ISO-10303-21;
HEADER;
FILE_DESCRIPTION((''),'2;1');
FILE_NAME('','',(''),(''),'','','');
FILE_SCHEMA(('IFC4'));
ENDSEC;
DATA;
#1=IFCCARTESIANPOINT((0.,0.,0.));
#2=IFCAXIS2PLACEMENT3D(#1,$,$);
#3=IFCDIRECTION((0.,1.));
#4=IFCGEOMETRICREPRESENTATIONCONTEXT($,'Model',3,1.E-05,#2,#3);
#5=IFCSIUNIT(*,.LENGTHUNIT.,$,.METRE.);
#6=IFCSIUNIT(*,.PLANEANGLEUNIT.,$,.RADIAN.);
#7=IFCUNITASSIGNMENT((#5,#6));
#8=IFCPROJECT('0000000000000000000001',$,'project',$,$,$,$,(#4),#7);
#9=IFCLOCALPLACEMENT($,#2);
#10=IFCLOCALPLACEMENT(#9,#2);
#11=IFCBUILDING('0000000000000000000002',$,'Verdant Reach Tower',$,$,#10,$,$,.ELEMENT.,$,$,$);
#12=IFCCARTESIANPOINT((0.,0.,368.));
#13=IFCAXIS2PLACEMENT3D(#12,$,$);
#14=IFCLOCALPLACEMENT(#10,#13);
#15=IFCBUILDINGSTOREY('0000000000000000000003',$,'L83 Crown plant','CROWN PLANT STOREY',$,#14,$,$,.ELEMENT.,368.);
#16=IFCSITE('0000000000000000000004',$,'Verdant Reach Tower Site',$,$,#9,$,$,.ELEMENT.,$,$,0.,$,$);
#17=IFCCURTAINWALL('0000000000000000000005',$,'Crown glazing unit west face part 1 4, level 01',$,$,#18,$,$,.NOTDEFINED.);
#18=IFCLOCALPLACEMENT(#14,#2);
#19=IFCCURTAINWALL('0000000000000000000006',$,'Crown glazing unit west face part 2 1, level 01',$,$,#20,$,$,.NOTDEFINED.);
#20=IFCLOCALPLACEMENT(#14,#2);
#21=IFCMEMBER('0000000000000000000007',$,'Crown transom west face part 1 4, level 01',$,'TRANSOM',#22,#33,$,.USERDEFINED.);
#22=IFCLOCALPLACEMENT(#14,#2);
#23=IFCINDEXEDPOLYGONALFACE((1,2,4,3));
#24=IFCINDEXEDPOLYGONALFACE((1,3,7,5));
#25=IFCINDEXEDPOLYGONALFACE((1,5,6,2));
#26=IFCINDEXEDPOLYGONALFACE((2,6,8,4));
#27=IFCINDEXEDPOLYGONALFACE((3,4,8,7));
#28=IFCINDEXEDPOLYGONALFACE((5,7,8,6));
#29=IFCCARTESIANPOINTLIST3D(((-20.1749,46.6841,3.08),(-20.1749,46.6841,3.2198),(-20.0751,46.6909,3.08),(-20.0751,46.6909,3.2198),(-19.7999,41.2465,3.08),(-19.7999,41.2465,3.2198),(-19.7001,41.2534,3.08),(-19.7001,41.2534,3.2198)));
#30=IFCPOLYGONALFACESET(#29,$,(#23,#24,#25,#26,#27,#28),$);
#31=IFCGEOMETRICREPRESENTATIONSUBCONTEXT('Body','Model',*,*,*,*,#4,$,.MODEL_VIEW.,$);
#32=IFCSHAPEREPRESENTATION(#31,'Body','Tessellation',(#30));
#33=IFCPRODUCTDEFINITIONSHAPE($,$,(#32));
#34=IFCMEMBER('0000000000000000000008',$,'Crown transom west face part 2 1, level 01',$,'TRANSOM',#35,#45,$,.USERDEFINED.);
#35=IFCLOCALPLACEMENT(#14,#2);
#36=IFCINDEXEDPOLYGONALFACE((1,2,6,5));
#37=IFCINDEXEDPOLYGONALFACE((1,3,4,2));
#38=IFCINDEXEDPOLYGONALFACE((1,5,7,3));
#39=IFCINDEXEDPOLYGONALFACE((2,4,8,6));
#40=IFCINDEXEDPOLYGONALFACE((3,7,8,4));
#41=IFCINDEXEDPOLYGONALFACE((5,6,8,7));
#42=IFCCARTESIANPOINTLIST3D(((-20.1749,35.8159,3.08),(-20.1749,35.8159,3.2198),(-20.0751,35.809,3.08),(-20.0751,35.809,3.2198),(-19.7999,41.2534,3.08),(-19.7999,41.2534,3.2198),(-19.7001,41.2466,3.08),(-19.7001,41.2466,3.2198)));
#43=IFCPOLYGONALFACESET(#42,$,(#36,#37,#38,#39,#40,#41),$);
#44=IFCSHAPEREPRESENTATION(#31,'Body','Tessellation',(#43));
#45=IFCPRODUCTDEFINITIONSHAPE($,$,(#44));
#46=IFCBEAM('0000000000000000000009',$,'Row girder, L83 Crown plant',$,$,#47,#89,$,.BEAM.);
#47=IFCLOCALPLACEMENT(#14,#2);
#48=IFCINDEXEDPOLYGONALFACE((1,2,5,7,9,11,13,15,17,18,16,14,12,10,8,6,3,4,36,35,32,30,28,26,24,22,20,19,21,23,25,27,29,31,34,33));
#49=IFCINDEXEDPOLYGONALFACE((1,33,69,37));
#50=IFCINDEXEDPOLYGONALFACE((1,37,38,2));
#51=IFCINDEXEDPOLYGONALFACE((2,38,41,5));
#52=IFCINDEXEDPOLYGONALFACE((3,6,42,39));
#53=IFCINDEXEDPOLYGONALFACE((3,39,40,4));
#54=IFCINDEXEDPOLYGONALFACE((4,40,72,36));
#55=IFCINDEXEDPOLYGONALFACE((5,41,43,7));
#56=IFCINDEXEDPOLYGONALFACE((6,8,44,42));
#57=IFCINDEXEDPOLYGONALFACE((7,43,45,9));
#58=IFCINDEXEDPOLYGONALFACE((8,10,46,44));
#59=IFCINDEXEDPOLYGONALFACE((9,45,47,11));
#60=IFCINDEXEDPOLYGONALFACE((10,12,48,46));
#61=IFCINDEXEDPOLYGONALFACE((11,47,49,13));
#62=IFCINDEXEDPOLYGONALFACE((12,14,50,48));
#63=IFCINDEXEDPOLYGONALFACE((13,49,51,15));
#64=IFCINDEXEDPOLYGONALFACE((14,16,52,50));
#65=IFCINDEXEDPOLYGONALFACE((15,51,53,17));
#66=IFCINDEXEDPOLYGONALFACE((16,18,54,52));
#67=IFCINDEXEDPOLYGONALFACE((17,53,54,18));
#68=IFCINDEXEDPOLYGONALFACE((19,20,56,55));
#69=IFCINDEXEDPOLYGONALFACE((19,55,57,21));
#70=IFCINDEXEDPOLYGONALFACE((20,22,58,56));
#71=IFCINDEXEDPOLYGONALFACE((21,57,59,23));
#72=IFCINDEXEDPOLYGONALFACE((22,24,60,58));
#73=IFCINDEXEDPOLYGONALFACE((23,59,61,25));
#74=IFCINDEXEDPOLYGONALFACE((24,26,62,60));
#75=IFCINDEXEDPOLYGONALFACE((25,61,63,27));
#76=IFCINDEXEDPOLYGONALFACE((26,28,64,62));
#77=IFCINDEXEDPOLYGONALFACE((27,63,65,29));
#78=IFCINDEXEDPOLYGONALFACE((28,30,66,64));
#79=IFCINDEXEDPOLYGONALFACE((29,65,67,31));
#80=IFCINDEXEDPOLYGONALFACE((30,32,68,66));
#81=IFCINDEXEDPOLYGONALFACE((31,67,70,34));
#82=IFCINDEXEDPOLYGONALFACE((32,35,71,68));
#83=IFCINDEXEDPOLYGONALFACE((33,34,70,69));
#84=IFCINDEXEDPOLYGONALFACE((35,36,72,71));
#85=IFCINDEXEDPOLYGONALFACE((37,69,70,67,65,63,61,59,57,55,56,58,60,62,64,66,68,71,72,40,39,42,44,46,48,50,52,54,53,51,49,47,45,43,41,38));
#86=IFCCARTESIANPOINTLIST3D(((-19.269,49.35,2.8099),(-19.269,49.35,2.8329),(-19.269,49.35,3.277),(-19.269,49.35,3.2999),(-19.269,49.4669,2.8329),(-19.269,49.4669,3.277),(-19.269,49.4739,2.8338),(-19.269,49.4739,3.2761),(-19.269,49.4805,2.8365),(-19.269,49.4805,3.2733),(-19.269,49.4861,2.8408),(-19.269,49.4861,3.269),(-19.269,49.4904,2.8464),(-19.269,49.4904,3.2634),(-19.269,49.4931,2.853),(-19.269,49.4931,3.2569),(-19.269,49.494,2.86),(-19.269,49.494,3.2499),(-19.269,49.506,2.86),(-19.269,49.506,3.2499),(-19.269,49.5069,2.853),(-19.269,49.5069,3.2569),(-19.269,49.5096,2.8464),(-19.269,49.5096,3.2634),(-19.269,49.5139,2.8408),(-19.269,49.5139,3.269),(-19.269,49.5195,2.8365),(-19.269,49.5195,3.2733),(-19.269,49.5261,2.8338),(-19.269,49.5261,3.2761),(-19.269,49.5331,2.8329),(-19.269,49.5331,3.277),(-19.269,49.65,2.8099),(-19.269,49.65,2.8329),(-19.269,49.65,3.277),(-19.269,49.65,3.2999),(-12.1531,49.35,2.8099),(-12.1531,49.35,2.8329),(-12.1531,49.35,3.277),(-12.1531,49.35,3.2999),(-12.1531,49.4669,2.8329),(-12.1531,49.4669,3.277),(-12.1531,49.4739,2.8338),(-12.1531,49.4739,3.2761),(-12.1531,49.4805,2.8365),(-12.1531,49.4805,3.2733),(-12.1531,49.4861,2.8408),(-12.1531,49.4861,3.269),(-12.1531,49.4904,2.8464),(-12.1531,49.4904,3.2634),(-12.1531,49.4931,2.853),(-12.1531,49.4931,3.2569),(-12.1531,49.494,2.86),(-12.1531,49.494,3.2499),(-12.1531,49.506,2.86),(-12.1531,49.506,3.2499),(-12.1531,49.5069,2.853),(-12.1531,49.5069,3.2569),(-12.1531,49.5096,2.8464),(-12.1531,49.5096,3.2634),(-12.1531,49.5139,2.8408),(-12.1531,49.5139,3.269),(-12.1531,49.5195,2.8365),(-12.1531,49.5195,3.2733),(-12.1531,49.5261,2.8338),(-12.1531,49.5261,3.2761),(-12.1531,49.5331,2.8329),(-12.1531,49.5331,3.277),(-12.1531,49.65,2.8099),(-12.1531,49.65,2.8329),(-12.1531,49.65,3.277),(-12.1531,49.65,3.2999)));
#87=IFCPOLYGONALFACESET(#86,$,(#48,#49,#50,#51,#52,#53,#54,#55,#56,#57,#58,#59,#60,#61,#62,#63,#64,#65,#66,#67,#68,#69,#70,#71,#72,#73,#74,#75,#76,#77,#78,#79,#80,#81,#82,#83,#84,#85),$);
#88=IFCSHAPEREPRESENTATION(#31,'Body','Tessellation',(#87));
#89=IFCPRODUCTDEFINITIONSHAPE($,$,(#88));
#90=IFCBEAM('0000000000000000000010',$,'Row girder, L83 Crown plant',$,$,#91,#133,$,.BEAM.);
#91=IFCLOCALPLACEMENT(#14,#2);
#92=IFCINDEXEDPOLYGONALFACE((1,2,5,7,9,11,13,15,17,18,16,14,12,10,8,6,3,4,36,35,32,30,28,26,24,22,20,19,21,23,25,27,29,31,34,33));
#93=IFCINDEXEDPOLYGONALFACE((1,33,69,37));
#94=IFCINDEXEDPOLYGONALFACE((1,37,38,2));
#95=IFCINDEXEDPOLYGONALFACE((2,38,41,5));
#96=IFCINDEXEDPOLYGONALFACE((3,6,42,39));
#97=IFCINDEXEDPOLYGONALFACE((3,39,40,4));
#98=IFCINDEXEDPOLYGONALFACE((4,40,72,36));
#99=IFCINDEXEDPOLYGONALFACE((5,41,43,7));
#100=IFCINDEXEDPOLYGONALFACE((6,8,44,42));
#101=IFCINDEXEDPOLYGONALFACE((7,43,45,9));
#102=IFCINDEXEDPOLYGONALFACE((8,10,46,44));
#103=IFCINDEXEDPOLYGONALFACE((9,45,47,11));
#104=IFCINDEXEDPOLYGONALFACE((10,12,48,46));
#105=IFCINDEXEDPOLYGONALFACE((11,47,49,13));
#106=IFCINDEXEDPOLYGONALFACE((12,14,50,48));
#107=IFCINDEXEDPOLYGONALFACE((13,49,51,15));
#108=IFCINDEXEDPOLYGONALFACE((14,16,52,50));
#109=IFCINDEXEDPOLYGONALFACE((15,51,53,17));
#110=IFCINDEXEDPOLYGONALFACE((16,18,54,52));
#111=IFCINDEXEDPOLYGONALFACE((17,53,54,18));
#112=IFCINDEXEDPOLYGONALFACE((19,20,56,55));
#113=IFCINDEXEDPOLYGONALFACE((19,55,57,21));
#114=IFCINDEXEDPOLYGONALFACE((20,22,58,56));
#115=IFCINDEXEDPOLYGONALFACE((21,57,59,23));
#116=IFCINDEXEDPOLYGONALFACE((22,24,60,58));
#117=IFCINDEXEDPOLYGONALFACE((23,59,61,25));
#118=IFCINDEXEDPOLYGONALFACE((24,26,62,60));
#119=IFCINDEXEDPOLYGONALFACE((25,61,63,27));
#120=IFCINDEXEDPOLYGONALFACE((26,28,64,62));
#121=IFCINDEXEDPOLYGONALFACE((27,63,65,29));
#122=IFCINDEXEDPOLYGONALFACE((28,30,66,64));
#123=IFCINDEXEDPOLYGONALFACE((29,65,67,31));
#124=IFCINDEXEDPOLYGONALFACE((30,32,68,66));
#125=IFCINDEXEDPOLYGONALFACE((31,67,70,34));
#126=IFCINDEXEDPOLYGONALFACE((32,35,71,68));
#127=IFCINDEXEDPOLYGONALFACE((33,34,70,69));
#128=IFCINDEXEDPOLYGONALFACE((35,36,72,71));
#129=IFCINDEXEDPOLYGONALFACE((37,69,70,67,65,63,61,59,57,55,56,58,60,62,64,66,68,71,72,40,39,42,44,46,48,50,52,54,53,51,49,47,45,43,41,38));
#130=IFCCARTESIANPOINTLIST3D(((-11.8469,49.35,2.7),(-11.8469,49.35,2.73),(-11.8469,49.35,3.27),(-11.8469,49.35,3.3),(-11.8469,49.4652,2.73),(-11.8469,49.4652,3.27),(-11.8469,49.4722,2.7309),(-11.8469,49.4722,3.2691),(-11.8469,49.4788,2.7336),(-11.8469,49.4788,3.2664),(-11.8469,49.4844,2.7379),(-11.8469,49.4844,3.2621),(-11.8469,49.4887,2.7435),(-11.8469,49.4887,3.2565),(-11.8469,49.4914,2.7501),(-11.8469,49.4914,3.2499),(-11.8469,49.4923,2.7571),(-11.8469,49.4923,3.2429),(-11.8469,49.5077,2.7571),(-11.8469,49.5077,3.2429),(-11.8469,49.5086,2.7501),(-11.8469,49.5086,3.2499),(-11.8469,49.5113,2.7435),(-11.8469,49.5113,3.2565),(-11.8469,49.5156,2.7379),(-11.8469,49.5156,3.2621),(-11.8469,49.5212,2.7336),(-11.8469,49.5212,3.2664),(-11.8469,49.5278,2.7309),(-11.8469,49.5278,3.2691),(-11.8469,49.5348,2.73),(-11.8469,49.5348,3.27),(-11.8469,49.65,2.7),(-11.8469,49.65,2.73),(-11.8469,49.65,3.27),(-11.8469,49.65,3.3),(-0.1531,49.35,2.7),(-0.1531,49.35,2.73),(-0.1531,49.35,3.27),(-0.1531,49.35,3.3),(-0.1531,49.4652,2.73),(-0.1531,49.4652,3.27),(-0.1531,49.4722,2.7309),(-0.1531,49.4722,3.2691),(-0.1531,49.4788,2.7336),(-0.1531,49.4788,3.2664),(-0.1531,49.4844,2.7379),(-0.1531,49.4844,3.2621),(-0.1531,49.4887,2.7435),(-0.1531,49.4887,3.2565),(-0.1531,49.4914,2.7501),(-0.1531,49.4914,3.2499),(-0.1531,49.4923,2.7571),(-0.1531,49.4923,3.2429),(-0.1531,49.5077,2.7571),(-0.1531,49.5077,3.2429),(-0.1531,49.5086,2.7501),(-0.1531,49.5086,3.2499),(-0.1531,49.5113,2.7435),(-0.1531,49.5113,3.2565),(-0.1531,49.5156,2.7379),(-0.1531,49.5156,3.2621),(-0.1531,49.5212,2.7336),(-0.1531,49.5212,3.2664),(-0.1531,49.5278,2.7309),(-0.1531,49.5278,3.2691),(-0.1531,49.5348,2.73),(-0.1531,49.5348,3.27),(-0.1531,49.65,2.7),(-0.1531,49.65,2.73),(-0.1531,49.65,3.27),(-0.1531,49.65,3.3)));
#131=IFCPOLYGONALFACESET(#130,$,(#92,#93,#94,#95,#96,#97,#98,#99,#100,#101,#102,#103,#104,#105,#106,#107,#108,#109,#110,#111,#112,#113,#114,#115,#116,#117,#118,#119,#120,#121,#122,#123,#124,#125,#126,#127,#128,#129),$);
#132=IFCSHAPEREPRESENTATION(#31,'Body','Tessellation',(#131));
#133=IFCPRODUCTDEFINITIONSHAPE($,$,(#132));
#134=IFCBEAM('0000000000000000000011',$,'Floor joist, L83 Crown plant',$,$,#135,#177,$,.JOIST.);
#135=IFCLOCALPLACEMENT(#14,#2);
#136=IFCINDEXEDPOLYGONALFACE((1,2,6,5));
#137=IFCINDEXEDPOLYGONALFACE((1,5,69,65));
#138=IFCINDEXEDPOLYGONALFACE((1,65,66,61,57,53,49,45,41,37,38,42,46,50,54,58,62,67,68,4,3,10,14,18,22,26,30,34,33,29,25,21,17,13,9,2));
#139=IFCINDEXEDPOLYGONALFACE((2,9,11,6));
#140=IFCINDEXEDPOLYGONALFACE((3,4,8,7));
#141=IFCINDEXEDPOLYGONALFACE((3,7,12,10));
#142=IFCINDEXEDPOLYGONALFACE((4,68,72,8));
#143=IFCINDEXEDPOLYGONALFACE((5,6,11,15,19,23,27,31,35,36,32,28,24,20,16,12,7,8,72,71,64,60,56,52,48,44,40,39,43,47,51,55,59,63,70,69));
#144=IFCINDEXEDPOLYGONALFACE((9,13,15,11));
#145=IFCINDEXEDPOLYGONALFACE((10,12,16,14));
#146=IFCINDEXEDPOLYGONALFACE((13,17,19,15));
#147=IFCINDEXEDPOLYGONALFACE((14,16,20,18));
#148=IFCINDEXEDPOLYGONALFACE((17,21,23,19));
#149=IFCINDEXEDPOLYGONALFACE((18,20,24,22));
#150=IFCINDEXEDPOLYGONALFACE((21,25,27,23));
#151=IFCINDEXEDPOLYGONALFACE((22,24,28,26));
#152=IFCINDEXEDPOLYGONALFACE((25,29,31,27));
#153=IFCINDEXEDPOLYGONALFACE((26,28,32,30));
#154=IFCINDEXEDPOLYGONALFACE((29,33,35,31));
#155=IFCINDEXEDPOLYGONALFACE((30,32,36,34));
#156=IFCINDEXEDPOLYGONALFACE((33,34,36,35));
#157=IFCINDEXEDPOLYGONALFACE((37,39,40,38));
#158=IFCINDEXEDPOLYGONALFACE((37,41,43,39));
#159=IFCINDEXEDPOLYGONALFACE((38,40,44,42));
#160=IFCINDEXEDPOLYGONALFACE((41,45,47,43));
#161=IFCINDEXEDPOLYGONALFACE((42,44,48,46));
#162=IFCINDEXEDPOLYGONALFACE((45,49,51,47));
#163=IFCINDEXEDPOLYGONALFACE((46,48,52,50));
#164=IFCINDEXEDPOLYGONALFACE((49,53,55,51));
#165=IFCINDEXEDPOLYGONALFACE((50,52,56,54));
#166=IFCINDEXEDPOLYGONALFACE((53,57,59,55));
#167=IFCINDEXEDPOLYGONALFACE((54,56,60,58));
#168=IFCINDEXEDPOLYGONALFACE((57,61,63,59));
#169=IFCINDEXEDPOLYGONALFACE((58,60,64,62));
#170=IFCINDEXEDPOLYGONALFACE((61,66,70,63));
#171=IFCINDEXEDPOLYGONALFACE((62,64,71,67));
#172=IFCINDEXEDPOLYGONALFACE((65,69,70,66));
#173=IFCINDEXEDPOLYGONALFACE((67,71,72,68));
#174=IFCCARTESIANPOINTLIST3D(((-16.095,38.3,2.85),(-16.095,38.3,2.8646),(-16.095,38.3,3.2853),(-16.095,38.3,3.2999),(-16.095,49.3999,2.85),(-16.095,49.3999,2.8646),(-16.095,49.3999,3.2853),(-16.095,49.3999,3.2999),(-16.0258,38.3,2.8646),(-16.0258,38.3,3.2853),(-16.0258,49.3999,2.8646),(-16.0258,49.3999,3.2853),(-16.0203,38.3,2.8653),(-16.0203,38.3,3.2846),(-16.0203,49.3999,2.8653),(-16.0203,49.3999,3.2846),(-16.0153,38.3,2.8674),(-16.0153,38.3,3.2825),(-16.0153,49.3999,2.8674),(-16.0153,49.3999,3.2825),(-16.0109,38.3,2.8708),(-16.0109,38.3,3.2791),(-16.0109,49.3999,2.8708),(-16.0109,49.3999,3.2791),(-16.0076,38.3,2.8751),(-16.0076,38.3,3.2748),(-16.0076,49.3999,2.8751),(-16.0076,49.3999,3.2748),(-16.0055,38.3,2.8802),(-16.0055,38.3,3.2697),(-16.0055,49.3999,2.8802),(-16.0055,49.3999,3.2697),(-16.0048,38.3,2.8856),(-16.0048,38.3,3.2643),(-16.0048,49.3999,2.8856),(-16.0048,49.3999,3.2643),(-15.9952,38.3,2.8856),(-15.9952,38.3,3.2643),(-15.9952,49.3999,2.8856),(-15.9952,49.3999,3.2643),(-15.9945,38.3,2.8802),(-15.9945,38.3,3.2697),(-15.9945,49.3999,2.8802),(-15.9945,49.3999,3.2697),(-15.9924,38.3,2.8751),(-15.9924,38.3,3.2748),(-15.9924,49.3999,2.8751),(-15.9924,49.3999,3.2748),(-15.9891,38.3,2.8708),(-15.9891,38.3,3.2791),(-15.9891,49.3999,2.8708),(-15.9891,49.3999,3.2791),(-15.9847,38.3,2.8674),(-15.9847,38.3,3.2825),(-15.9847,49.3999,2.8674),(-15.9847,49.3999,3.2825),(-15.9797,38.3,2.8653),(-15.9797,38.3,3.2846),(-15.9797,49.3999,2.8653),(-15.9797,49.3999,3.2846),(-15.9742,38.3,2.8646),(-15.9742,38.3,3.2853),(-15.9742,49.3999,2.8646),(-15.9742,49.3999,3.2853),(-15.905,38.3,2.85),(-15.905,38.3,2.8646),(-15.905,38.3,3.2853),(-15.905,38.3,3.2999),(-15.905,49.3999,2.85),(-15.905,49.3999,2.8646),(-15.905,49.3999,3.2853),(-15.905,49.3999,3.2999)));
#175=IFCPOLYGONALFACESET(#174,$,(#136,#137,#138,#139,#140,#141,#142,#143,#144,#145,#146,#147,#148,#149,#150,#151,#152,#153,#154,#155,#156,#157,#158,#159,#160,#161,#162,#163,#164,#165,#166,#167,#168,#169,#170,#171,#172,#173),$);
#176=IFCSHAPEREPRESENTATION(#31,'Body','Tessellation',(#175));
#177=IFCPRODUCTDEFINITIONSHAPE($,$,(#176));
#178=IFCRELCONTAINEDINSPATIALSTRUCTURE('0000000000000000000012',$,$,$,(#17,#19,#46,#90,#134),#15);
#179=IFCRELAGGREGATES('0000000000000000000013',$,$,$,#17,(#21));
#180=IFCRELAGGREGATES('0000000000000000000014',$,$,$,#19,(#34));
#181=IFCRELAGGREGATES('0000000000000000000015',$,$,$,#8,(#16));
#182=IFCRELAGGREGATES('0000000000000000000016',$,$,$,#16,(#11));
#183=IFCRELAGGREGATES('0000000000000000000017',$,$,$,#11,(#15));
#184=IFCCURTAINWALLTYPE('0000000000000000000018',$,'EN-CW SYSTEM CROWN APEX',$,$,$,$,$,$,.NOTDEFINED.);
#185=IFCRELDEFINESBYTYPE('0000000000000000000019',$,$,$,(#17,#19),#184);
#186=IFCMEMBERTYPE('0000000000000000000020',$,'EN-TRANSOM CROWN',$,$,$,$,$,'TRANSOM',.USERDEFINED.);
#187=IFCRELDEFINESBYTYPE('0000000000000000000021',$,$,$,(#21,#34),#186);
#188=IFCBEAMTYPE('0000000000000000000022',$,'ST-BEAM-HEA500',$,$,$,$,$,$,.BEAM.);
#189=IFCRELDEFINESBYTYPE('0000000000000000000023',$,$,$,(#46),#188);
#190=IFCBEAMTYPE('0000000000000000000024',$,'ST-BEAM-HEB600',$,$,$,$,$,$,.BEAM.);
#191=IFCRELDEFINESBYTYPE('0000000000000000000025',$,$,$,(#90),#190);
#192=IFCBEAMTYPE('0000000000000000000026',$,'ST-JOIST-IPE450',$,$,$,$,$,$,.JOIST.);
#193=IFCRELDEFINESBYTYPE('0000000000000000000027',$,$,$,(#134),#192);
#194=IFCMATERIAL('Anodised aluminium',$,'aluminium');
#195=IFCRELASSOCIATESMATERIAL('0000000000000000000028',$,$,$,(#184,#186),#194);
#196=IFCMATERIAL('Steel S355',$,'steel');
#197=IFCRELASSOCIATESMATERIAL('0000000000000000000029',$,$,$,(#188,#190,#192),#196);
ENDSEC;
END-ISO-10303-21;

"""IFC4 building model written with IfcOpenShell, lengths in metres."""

from ifc_helpers import new_model, si_unit, direction, frame, origin, origin_2d, place, context, subcontext, project, spatial, rectangle, i_section, extrude, material, material_profile, profile_set, type_object, element, aggregate, save


model = new_model("IFC4")

# Units and contexts
model_context = context("Model", 3, precision=1e-05, world=origin(), true_north=direction((0.0, 1.0)))
body_context = subcontext(model_context, "Body", "Model", "MODEL_VIEW")
ifc_project = project(units=[si_unit("LENGTHUNIT", "METRE"), si_unit("PLANEANGLEUNIT", "RADIAN")], contexts=[model_context])

# Site, building, storey
site_placement = place(None, origin())
site = spatial("IfcSite", under=ifc_project, at=site_placement, Name="Verdant Reach Tower Site", CompositionType="ELEMENT", RefElevation=0.0)
building_placement = place(site_placement, origin())
building = spatial("IfcBuilding", under=site, at=building_placement, Name="Verdant Reach Tower", CompositionType="ELEMENT")
storey_placement = place(building_placement, frame((0.0, 0.0, 368.0)))
storey = spatial("IfcBuildingStorey", under=building, at=storey_placement, Name="L83 Crown plant", Description="CROWN PLANT STOREY", CompositionType="ELEMENT", Elevation=368.0)

# Curtain walls
ifc_material_1 = material(Name="Anodised aluminium", Category="aluminium")
curtain_wall_type_1 = type_object("IfcCurtainWallType", Name="EN-CW SYSTEM CROWN APEX", PredefinedType="NOTDEFINED", material=ifc_material_1)
curtain_wall_1_placement = place(storey_placement, origin())
curtain_wall_1 = element("IfcCurtainWall", 1, at=curtain_wall_1_placement, inside=storey, type_object=curtain_wall_type_1, Name="Crown glazing unit west face part 1 4, level 01", PredefinedType="NOTDEFINED")
curtain_wall_2_placement = place(storey_placement, origin())
curtain_wall_2 = element("IfcCurtainWall", 2, at=curtain_wall_2_placement, inside=storey, type_object=curtain_wall_type_1, Name="Crown glazing unit west face part 2 1, level 01", PredefinedType="NOTDEFINED")

# Members
ifc_material_profile_1 = material_profile(ifc_material_1, rectangle(XDim=0.1001, YDim=0.1399, at=origin_2d()), Name="Transom 140x100")
ifc_profile_set_1 = profile_set([ifc_material_profile_1], Name="Anodised aluminium")
member_type_1 = type_object("IfcMemberType", Name="EN-TRANSOM CROWN", ElementType="TRANSOM", PredefinedType="USERDEFINED", material=ifc_profile_set_1)
member_1_placement = place(storey_placement, frame((-20.125, 46.6875, 3.1499), z_axis=(0.068802, -0.99763, 0.0), x_axis=(0.99763, 0.068802, 0.0)))
member_1 = element("IfcMember", 3, at=member_1_placement, type_object=member_type_1, Name="Crown transom west face part 1 4, level 01", ObjectType="TRANSOM", PredefinedType="USERDEFINED", context=body_context, shape_type="SweptSolid", body=[
    extrude(rectangle(XDim=0.1001, YDim=0.1399, at=origin_2d()), origin(), (0.0, 0.0, 1.0), 5.4504),
])
member_2_placement = place(storey_placement, frame((-19.75, 41.25, 3.1499), z_axis=(-0.068802, -0.99763, 0.0), x_axis=(0.99763, -0.068802, 0.0)))
member_2 = element("IfcMember", 4, at=member_2_placement, type_object=member_type_1, Name="Crown transom west face part 2 1, level 01", ObjectType="TRANSOM", PredefinedType="USERDEFINED", context=body_context, shape_type="SweptSolid", body=[
    extrude(rectangle(XDim=0.1001, YDim=0.1399, at=origin_2d()), origin(), (0.0, 0.0, 1.0), 5.4504),
])

# Beams
ifc_material_2 = material(Name="Steel S355", Category="steel")
ifc_material_profile_2 = material_profile(ifc_material_2, i_section(OverallWidth=0.3, OverallDepth=0.49, WebThickness=0.012, FlangeThickness=0.0229, FilletRadius=0.0271, at=origin_2d()), Name="HEA 500")
ifc_profile_set_2 = profile_set([ifc_material_profile_2], Name="Steel S355")
beam_type_1 = type_object("IfcBeamType", Name="ST-BEAM-HEA500", PredefinedType="BEAM", material=ifc_profile_set_2)
beam_1_placement = place(storey_placement, frame((-19.269, 49.5, 3.0549), z_axis=(1.0, 0.0, 0.0), x_axis=(0.0, 1.0, 0.0)))
element("IfcBeam", 5, at=beam_1_placement, inside=storey, type_object=beam_type_1, Name="Row girder, L83 Crown plant", PredefinedType="BEAM", context=body_context, shape_type="SweptSolid", body=[
    extrude(i_section(OverallWidth=0.3, OverallDepth=0.49, WebThickness=0.012, FlangeThickness=0.0229, FilletRadius=0.0271, at=origin_2d()), origin(), (0.0, 0.0, 1.0), 7.116),
])
ifc_material_profile_3 = material_profile(ifc_material_2, i_section(OverallWidth=0.3, OverallDepth=0.6001, WebThickness=0.0154, FlangeThickness=0.03, FilletRadius=0.0271, at=origin_2d()), Name="HEB 600")
ifc_profile_set_3 = profile_set([ifc_material_profile_3], Name="Steel S355")
beam_type_2 = type_object("IfcBeamType", Name="ST-BEAM-HEB600", PredefinedType="BEAM", material=ifc_profile_set_3)
beam_2_placement = place(storey_placement, frame((-11.8469, 49.5, 3.0), z_axis=(1.0, 0.0, 0.0), x_axis=(0.0, 1.0, 0.0)))
element("IfcBeam", 6, at=beam_2_placement, inside=storey, type_object=beam_type_2, Name="Row girder, L83 Crown plant", PredefinedType="BEAM", context=body_context, shape_type="SweptSolid", body=[
    extrude(i_section(OverallWidth=0.3, OverallDepth=0.6001, WebThickness=0.0154, FlangeThickness=0.03, FilletRadius=0.0271, at=origin_2d()), origin(), (0.0, 0.0, 1.0), 11.6938),
])
ifc_material_profile_4 = material_profile(ifc_material_2, i_section(OverallWidth=0.1899, OverallDepth=0.45, WebThickness=0.0095, FlangeThickness=0.0146, FilletRadius=0.021, at=origin_2d()), Name="IPE 450")
ifc_profile_set_4 = profile_set([ifc_material_profile_4], Name="Steel S355")
beam_type_3 = type_object("IfcBeamType", Name="ST-JOIST-IPE450", PredefinedType="JOIST", material=ifc_profile_set_4)
beam_3_placement = place(storey_placement, frame((-16.0, 38.3, 3.075), z_axis=(0.0, 1.0, 0.0), x_axis=(-1.0, 0.0, 0.0)))
element("IfcBeam", 7, at=beam_3_placement, inside=storey, type_object=beam_type_3, Name="Floor joist, L83 Crown plant", PredefinedType="JOIST", context=body_context, shape_type="SweptSolid", body=[
    extrude(i_section(OverallWidth=0.1899, OverallDepth=0.45, WebThickness=0.0095, FlangeThickness=0.0146, FilletRadius=0.021, at=origin_2d()), origin(), (0.0, 0.0, 1.0), 11.0999),
])

aggregate(curtain_wall_1, [member_1])
aggregate(curtain_wall_2, [member_2])

save(model, "model.ifc")
